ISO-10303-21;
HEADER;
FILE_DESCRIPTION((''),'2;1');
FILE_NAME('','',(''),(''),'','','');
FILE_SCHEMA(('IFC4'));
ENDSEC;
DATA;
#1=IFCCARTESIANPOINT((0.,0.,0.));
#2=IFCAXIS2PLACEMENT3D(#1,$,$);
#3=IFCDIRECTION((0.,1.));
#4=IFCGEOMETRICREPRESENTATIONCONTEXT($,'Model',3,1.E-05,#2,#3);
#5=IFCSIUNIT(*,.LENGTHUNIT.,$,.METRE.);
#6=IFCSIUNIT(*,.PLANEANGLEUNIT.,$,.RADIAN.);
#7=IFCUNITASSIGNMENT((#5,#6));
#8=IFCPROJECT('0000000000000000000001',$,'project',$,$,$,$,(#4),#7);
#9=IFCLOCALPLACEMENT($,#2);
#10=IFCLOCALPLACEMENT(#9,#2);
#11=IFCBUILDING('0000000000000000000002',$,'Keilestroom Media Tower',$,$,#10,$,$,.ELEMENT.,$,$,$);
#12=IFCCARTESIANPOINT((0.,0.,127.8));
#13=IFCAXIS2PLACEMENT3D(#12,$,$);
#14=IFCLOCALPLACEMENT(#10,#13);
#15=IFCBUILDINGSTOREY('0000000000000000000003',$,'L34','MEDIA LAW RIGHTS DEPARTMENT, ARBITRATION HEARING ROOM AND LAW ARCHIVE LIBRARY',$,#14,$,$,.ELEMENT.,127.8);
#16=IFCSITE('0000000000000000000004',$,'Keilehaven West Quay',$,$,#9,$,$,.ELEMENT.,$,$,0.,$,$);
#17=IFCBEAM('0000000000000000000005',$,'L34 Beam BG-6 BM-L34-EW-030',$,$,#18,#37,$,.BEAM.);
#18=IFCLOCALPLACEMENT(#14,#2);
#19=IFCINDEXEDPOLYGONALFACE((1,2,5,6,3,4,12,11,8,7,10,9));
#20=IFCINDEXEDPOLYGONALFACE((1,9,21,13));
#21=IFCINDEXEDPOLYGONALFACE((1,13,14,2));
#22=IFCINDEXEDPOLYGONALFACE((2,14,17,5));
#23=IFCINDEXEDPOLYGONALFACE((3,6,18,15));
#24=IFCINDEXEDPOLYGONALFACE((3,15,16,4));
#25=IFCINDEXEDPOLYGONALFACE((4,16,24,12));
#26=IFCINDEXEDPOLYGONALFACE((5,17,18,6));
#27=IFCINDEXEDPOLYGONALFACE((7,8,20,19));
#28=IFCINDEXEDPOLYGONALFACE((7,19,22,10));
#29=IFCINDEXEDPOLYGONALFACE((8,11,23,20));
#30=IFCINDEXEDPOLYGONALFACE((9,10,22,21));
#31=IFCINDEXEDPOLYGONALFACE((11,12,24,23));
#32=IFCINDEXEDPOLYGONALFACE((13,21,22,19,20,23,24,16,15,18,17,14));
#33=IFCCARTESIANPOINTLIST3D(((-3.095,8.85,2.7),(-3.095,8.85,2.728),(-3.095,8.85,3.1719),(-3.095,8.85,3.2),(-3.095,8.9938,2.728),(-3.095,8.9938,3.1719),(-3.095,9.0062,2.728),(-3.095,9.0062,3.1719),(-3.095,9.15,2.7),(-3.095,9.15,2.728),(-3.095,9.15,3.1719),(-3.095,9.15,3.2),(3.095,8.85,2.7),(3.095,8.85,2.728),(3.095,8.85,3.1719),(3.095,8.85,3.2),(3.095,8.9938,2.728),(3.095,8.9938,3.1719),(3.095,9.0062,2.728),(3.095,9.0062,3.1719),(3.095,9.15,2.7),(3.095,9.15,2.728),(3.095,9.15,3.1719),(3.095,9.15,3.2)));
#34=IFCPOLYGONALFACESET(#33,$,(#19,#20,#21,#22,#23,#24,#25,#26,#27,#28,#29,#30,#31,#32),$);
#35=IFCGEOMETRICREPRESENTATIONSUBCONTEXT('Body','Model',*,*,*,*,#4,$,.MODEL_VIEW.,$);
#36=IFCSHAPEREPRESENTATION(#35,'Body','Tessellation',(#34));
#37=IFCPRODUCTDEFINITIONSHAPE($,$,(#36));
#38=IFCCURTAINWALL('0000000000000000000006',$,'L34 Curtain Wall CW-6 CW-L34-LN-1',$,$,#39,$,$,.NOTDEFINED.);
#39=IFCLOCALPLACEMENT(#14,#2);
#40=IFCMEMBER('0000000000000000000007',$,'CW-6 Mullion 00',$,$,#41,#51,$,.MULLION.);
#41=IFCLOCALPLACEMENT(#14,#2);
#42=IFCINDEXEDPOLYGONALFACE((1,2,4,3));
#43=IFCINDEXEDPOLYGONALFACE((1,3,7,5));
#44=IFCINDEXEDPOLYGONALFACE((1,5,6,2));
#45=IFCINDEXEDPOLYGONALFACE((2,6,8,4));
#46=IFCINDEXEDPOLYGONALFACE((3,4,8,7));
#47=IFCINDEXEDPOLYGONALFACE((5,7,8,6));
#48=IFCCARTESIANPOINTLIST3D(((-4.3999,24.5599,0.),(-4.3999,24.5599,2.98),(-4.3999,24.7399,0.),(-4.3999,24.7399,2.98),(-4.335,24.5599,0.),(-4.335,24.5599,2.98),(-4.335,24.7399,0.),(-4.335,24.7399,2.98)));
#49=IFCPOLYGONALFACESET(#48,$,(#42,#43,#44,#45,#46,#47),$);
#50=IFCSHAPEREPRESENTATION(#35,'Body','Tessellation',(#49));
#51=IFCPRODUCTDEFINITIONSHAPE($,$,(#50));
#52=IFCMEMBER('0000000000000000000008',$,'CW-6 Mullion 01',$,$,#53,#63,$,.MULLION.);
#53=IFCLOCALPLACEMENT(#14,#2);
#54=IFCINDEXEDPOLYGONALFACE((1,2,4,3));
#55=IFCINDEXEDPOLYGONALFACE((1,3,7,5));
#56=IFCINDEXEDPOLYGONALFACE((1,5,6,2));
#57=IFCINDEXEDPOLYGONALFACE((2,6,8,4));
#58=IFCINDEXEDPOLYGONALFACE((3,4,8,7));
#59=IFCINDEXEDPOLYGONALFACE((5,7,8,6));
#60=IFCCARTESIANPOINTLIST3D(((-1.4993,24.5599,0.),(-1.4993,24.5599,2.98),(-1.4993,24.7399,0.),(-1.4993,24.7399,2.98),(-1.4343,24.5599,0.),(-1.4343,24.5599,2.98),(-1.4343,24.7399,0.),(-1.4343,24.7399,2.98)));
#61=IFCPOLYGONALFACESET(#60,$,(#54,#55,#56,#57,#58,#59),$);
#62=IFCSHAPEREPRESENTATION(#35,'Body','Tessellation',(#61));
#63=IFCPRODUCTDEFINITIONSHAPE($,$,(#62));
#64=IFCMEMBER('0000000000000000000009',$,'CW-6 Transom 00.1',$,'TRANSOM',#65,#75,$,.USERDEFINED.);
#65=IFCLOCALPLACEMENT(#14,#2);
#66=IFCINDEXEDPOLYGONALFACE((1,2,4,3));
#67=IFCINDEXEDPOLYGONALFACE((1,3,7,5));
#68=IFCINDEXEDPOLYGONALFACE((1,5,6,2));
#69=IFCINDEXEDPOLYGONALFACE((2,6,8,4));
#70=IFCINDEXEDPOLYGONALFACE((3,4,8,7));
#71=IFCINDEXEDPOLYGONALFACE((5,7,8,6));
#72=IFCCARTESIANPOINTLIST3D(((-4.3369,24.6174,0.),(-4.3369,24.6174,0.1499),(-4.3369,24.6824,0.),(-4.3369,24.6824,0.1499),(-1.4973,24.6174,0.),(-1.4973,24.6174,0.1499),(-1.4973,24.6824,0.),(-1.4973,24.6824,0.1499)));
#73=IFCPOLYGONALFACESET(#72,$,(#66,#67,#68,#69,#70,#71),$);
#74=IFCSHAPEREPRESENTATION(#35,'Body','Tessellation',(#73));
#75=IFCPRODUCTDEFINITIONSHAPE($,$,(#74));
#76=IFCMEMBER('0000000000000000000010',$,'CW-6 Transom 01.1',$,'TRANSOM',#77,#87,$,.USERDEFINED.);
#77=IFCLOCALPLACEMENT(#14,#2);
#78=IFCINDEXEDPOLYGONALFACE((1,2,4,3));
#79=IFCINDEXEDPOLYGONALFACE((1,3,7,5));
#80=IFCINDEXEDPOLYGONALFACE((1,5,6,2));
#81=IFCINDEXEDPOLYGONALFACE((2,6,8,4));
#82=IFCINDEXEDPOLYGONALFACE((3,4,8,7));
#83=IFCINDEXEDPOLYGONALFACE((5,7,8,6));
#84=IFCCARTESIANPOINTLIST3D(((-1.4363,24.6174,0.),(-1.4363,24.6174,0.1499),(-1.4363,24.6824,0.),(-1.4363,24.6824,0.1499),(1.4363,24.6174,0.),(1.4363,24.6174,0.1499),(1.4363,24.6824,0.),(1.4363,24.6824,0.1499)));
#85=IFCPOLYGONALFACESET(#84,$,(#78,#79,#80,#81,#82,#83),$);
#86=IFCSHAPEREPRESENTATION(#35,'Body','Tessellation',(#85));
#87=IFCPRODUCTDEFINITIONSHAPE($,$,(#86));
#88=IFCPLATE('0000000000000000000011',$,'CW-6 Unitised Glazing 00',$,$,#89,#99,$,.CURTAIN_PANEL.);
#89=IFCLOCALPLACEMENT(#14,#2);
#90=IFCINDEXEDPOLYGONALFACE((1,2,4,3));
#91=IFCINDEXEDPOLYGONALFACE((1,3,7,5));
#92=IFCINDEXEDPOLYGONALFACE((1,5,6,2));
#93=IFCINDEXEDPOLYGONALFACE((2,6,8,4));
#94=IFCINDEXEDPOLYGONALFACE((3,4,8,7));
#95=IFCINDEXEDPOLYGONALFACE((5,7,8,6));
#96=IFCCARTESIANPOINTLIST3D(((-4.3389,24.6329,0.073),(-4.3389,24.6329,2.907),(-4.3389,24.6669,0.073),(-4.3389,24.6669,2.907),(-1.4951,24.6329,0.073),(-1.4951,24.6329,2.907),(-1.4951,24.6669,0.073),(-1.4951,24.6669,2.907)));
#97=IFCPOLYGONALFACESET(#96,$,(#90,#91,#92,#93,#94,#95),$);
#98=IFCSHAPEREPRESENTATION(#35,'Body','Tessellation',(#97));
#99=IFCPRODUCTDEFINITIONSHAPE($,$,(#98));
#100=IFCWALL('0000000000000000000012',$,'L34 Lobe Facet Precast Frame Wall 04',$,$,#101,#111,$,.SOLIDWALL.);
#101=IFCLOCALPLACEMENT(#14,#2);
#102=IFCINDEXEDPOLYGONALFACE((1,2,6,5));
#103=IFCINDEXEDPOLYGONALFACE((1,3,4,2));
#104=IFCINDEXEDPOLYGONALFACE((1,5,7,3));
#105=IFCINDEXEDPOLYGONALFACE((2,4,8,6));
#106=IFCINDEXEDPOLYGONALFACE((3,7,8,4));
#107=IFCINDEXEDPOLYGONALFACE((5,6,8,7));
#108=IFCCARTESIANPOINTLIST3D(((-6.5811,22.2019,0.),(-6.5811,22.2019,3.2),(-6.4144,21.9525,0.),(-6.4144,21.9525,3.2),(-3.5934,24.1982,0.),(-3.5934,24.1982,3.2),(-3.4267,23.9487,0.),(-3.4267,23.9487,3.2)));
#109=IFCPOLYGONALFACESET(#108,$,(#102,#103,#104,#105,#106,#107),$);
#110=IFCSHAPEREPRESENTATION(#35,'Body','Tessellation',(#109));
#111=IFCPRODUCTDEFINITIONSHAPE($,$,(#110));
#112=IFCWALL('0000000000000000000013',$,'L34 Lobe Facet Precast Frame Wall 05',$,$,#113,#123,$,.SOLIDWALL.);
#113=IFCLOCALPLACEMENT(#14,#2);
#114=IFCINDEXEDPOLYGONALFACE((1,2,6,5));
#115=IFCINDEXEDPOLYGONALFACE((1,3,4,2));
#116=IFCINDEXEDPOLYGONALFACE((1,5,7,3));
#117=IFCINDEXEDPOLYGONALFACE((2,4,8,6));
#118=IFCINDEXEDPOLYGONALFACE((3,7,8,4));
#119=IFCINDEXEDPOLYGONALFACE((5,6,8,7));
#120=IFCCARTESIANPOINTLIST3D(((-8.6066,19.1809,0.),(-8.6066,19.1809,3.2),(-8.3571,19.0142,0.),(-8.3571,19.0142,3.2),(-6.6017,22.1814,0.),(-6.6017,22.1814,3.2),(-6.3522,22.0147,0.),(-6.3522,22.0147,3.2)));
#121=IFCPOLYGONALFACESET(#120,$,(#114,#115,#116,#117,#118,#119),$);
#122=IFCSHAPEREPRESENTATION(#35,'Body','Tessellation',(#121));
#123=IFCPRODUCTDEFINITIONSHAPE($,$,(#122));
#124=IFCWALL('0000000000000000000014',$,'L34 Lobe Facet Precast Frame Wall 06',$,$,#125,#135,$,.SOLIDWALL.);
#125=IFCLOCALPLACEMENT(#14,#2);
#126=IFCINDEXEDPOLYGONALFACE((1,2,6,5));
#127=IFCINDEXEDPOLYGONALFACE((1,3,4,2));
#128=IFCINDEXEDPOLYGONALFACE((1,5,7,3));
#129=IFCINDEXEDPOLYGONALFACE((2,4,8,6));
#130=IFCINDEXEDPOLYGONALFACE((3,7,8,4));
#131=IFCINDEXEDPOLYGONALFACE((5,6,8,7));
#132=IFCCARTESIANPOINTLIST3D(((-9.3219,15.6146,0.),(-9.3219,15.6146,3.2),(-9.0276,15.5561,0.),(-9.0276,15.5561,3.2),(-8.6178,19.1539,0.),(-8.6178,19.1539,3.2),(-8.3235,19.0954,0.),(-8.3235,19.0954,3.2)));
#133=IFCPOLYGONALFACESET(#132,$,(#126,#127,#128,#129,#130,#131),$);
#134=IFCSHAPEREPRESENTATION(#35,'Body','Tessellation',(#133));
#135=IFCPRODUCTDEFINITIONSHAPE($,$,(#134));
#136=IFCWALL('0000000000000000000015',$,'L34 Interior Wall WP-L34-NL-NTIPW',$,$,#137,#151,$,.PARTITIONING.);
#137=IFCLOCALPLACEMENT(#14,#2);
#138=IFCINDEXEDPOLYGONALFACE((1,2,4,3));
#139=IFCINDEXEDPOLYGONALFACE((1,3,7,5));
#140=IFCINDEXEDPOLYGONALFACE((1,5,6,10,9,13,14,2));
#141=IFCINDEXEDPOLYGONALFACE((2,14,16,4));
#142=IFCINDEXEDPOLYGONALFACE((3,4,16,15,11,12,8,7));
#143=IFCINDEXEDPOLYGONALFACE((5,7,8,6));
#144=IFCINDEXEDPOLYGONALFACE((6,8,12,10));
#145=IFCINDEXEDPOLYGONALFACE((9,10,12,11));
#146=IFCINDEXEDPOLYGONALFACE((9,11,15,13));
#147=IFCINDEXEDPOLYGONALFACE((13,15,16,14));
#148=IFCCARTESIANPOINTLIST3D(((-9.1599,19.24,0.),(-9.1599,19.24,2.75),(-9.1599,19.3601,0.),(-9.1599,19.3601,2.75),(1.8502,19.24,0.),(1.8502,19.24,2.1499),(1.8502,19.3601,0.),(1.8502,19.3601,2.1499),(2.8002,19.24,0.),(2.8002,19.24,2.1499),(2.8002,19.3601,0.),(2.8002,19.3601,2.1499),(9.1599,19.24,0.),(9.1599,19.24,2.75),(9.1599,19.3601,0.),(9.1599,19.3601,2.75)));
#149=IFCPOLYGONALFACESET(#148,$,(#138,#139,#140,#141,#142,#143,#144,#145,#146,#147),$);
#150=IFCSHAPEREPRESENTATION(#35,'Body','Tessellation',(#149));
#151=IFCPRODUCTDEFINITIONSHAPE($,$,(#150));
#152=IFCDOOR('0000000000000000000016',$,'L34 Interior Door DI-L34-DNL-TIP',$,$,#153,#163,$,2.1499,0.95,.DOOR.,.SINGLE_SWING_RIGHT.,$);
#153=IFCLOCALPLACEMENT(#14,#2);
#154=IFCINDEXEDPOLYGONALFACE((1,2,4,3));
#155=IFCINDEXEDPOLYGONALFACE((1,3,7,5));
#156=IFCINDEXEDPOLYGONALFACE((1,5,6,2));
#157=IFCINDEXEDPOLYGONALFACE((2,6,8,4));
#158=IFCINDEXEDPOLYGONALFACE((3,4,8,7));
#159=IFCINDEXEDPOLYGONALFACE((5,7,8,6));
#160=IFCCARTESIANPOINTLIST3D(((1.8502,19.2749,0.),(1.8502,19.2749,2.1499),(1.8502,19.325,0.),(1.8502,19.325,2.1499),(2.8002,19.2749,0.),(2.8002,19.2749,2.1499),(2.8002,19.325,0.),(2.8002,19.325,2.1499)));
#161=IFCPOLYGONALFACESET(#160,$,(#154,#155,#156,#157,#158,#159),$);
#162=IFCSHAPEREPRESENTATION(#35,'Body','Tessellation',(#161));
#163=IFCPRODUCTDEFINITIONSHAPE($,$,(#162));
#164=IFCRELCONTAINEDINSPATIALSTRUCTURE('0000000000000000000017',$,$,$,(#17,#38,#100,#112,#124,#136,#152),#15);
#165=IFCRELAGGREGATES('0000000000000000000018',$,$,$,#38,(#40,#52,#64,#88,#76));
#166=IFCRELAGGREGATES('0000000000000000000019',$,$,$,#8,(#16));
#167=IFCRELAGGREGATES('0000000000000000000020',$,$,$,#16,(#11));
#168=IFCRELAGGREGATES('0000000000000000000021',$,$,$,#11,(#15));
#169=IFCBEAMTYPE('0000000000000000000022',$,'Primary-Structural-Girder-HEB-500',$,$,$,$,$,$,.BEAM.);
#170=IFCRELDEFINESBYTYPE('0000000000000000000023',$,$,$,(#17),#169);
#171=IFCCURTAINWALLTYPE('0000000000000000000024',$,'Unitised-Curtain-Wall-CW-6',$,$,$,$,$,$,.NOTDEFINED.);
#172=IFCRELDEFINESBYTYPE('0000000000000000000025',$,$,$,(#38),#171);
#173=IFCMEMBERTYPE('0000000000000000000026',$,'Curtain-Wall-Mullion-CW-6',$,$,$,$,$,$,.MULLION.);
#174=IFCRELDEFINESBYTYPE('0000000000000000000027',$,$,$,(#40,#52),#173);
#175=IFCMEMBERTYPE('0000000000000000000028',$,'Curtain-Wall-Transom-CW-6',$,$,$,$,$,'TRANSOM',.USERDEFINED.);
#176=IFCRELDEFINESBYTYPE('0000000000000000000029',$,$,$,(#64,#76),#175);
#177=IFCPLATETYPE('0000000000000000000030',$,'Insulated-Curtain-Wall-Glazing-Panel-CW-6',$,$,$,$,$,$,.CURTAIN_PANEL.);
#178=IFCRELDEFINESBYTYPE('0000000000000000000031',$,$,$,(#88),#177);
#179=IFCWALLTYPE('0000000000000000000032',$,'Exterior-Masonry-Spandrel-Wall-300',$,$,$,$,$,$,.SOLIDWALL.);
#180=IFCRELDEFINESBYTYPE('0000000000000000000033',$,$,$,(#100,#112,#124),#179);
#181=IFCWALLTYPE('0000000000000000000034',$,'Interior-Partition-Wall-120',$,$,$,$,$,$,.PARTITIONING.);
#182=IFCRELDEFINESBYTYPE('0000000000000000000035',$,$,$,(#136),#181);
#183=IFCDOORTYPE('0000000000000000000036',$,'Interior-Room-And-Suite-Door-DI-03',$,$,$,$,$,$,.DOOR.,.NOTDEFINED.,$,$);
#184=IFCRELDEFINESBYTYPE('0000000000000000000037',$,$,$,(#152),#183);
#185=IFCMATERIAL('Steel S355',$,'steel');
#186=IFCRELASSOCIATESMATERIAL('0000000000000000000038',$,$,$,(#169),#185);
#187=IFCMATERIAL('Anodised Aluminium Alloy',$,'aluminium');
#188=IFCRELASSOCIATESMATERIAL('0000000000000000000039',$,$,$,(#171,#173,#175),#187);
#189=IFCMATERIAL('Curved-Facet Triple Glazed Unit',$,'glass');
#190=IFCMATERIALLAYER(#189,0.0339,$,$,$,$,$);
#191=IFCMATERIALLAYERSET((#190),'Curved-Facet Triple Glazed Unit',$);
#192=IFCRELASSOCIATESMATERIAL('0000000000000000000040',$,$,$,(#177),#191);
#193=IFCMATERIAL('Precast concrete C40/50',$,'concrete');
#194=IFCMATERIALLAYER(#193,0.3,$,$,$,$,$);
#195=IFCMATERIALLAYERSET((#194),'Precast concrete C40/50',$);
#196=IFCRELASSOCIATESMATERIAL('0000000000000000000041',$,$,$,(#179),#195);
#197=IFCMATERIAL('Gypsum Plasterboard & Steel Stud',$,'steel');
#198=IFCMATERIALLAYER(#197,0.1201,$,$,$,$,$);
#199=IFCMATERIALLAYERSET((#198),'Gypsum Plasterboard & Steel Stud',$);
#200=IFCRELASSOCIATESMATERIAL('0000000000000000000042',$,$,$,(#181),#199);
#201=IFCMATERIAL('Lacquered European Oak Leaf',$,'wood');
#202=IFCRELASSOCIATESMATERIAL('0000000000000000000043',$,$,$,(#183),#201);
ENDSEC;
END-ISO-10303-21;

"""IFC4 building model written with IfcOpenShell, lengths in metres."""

from ifc_helpers import new_model, si_unit, direction, frame, frame_2d, origin, origin_2d, place, context, subcontext, project, spatial, rectangle, i_section, extrude, source, transform, mapped, material, layer, layer_set, material_profile, profile_set, type_object, element, fill, aggregate, save


model = new_model("IFC4")

# Units and contexts
model_context = context("Model", 3, precision=1e-05, world=origin(), true_north=direction((0.0, 1.0)))
body_context = subcontext(model_context, "Body", "Model", "MODEL_VIEW")
ifc_project = project(units=[si_unit("LENGTHUNIT", "METRE"), si_unit("PLANEANGLEUNIT", "RADIAN")], contexts=[model_context])

# Site, building, storey
site_placement = place(None, origin())
site = spatial("IfcSite", under=ifc_project, at=site_placement, Name="Keilehaven West Quay", CompositionType="ELEMENT", RefElevation=0.0)
building_placement = place(site_placement, origin())
building = spatial("IfcBuilding", under=site, at=building_placement, Name="Keilestroom Media Tower", CompositionType="ELEMENT")
storey_placement = place(building_placement, frame((0.0, 0.0, 127.8)))
storey = spatial("IfcBuildingStorey", under=building, at=storey_placement, Name="L34", Description="MEDIA LAW RIGHTS DEPARTMENT, ARBITRATION HEARING ROOM AND LAW ARCHIVE LIBRARY", CompositionType="ELEMENT", Elevation=127.8)

# Shared definitions
ifc_material_1 = material(Name="Steel S355", Category="steel")

# Beam
ifc_material_profile_1 = material_profile(ifc_material_1, i_section(OverallWidth=0.3, OverallDepth=0.5, WebThickness=0.0125, FlangeThickness=0.0281, at=origin_2d()), Name="HEB 500")
ifc_profile_set_1 = profile_set([ifc_material_profile_1], Name="Steel S355")
beam_type = type_object("IfcBeamType", Name="Primary-Structural-Girder-HEB-500", PredefinedType="BEAM", material=ifc_profile_set_1)
shared_shape_1 = source(origin(), body_context, "Body", "SweptSolid", [
    extrude(i_section(OverallWidth=0.3, OverallDepth=0.5, WebThickness=0.0125, FlangeThickness=0.0281, at=origin_2d()), origin(), (0.0, 0.0, 1.0), 6.1899),
])
beam_1_placement = place(storey_placement, frame((-3.095, 9.0, 2.95), z_axis=(1.0, 0.0, 0.0), x_axis=(0.0, 1.0, 0.0)))
element("IfcBeam", 1, at=beam_1_placement, inside=storey, type_object=beam_type, Name="L34 Beam BG-6 BM-L34-EW-030", PredefinedType="BEAM", context=body_context, shape_type="MappedRepresentation", body=[
    mapped(shared_shape_1, transform((0.0, 0.0, 0.0), x_axis=(1.0, 0.0, 0.0), y_axis=(0.0, 1.0, 0.0), z_axis=(0.0, 0.0, 1.0), scale=1.0)),
])

# Curtain wall, members, plate
ifc_material_2 = material(Name="Anodised Aluminium Alloy", Category="aluminium")
curtain_wall_type = type_object("IfcCurtainWallType", Name="Unitised-Curtain-Wall-CW-6", PredefinedType="NOTDEFINED", material=ifc_material_2)
curtain_wall_placement = place(storey_placement, origin())
curtain_wall = element("IfcCurtainWall", 2, at=curtain_wall_placement, inside=storey, type_object=curtain_wall_type, Name="L34 Curtain Wall CW-6 CW-L34-LN-1", PredefinedType="NOTDEFINED")
ifc_material_profile_2 = material_profile(ifc_material_2, rectangle(XDim=0.0649, YDim=0.1799, at=origin_2d()), Name="ALU MULLION 65x180")
ifc_profile_set_2 = profile_set([ifc_material_profile_2], Name="Anodised Aluminium Alloy")
member_type_1 = type_object("IfcMemberType", Name="Curtain-Wall-Mullion-CW-6", PredefinedType="MULLION", material=ifc_profile_set_2)
shared_shape_2 = source(origin(), body_context, "Body", "SweptSolid", [
    extrude(rectangle(XDim=0.0649, YDim=0.1799, at=origin_2d()), origin(), (0.0, 0.0, 1.0), 2.98),
])
member_1_placement = place(storey_placement, frame((-4.3674, 24.6499, 0.0), z_axis=(0.0, 0.0, 1.0), x_axis=(1.0, 0.0, 0.0)))
member_1 = element("IfcMember", 3, at=member_1_placement, type_object=member_type_1, Name="CW-6 Mullion 00", PredefinedType="MULLION", context=body_context, shape_type="MappedRepresentation", body=[
    mapped(shared_shape_2, transform((0.0, 0.0, 0.0), x_axis=(1.0, 0.0, 0.0), y_axis=(0.0, 1.0, 0.0), z_axis=(0.0, 0.0, 1.0), scale=1.0)),
])
member_2_placement = place(storey_placement, frame((-1.4668, 24.6499, 0.0), z_axis=(0.0, 0.0, 1.0), x_axis=(1.0, 0.0, 0.0)))
member_2 = element("IfcMember", 4, at=member_2_placement, type_object=member_type_1, Name="CW-6 Mullion 01", PredefinedType="MULLION", context=body_context, shape_type="MappedRepresentation", body=[
    mapped(shared_shape_2, transform((0.0, 0.0, 0.0), x_axis=(1.0, 0.0, 0.0), y_axis=(0.0, 1.0, 0.0), z_axis=(0.0, 0.0, 1.0), scale=1.0)),
])
ifc_material_profile_3 = material_profile(ifc_material_2, rectangle(XDim=0.0649, YDim=0.1499, at=origin_2d()), Name="ALU TRANSOM 65x150")
ifc_profile_set_3 = profile_set([ifc_material_profile_3], Name="Anodised Aluminium Alloy")
member_type_2 = type_object("IfcMemberType", Name="Curtain-Wall-Transom-CW-6", ElementType="TRANSOM", PredefinedType="USERDEFINED", material=ifc_profile_set_3)
shared_shape_3 = source(origin(), body_context, "Body", "SweptSolid", [
    extrude(rectangle(XDim=0.0649, YDim=0.1499, at=origin_2d()), origin(), (0.0, 0.0, 1.0), 2.8396),
])
member_3_placement = place(storey_placement, frame((-4.3369, 24.6499, 0.075), z_axis=(1.0, 0.0, 0.0), x_axis=(0.0, 1.0, 0.0)))
member_3 = element("IfcMember", 5, at=member_3_placement, type_object=member_type_2, Name="CW-6 Transom 00.1", ObjectType="TRANSOM", PredefinedType="USERDEFINED", context=body_context, shape_type="MappedRepresentation", body=[
    mapped(shared_shape_3, transform((0.0, 0.0, 0.0), x_axis=(1.0, 0.0, 0.0), y_axis=(0.0, 1.0, 0.0), z_axis=(0.0, 0.0, 1.0), scale=1.0)),
])
shared_shape_4 = source(origin(), body_context, "Body", "SweptSolid", [
    extrude(rectangle(XDim=0.0649, YDim=0.1499, at=origin_2d()), origin(), (0.0, 0.0, 1.0), 2.8726),
])
member_4_placement = place(storey_placement, frame((-1.4363, 24.6499, 0.075), z_axis=(1.0, 0.0, 0.0), x_axis=(0.0, 1.0, 0.0)))
member_4 = element("IfcMember", 6, at=member_4_placement, type_object=member_type_2, Name="CW-6 Transom 01.1", ObjectType="TRANSOM", PredefinedType="USERDEFINED", context=body_context, shape_type="MappedRepresentation", body=[
    mapped(shared_shape_4, transform((0.0, 0.0, 0.0), x_axis=(1.0, 0.0, 0.0), y_axis=(0.0, 1.0, 0.0), z_axis=(0.0, 0.0, 1.0), scale=1.0)),
])
ifc_material_3 = material(Name="Curved-Facet Triple Glazed Unit", Category="glass")
ifc_layer_1 = layer(ifc_material_3, 0.0339)
ifc_layer_set_1 = layer_set([ifc_layer_1], Name="Curved-Facet Triple Glazed Unit")
plate_type = type_object("IfcPlateType", Name="Insulated-Curtain-Wall-Glazing-Panel-CW-6", PredefinedType="CURTAIN_PANEL", material=ifc_layer_set_1)
shared_shape_5 = source(origin(), body_context, "Body", "SweptSolid", [
    extrude(rectangle(XDim=2.8438, YDim=0.0339, at=origin_2d()), origin(), (0.0, 0.0, 1.0), 2.834),
])
plate_placement = place(storey_placement, frame((-2.917, 24.6499, 0.073), z_axis=(0.0, 0.0, 1.0), x_axis=(1.0, 0.0, 0.0)))
plate = element("IfcPlate", 7, at=plate_placement, type_object=plate_type, Name="CW-6 Unitised Glazing 00", PredefinedType="CURTAIN_PANEL", context=body_context, shape_type="MappedRepresentation", body=[
    mapped(shared_shape_5, transform((0.0, 0.0, 0.0), x_axis=(1.0, 0.0, 0.0), y_axis=(0.0, 1.0, 0.0), z_axis=(0.0, 0.0, 1.0), scale=1.0)),
])
aggregate(curtain_wall, [member_1, member_2, member_3, plate, member_4])

# Walls
ifc_material_4 = material(Name="Precast concrete C40/50", Category="concrete")
ifc_layer_2 = layer(ifc_material_4, 0.3)
ifc_layer_set_2 = layer_set([ifc_layer_2], Name="Precast concrete C40/50")
wall_type_1 = type_object("IfcWallType", Name="Exterior-Masonry-Spandrel-Wall-300", PredefinedType="SOLIDWALL", material=ifc_layer_set_2)
wall_1_placement = place(storey_placement, frame((-3.51, 24.0735, 0.0), z_axis=(0.0, 0.0, 1.0), x_axis=(-0.831475, -0.555562, 0.0)))
element("IfcWall", 8, at=wall_1_placement, inside=storey, type_object=wall_type_1, Name="L34 Lobe Facet Precast Frame Wall 04", PredefinedType="SOLIDWALL", context=body_context, shape_type="SweptSolid", body=[
    extrude(rectangle(XDim=3.5933, YDim=0.3, at=frame_2d((1.7966, 0.0))), origin(), (0.0, 0.0, 1.0), 3.2),
])
for number, where, z_axis, x_axis, name in (
    (9, (-6.4771, 22.0979, 0.0), (0.0, 0.0, 1.0), (-0.555574, -0.831467, 0.0), "L34 Lobe Facet Precast Frame Wall 05"),
    (10, (-8.4707, 19.1245, 0.0), (0.0, 0.0, 1.0), (-0.195114, -0.980781, 0.0), "L34 Lobe Facet Precast Frame Wall 06"),
):
    element("IfcWall", number, at=place(storey_placement, frame(where, z_axis=z_axis, x_axis=x_axis)), inside=storey, type_object=wall_type_1, Name=name, PredefinedType="SOLIDWALL", context=body_context, shape_type="SweptSolid", body=[
        extrude(rectangle(XDim=3.6086, YDim=0.3, at=frame_2d((1.8042, 0.0))), origin(), (0.0, 0.0, 1.0), 3.2),
    ])

# Wall, opening, door
ifc_material_5 = material(Name="Gypsum Plasterboard & Steel Stud", Category="steel")
ifc_layer_3 = layer(ifc_material_5, 0.1201)
ifc_layer_set_3 = layer_set([ifc_layer_3], Name="Gypsum Plasterboard & Steel Stud")
wall_type_2 = type_object("IfcWallType", Name="Interior-Partition-Wall-120", PredefinedType="PARTITIONING", material=ifc_layer_set_3)
wall_2_placement = place(storey_placement, frame((-9.1599, 19.3, 0.0), z_axis=(0.0, 0.0, 1.0), x_axis=(1.0, 0.0, 0.0)))
wall_2 = element("IfcWall", 11, at=wall_2_placement, inside=storey, type_object=wall_type_2, Name="L34 Interior Wall WP-L34-NL-NTIPW", PredefinedType="PARTITIONING", context=body_context, shape_type="SweptSolid", body=[
    extrude(rectangle(XDim=18.3198, YDim=0.1201, at=frame_2d((9.1599, 0.0))), origin(), (0.0, 0.0, 1.0), 2.75),
])
opening_placement = place(wall_2_placement, frame((11.01, 0.0, 0.0)))
opening = element("IfcOpeningElement", 12, at=opening_placement, cuts=wall_2, PredefinedType="OPENING", context=body_context, shape_type="SweptSolid", body=[
    extrude(rectangle(XDim=0.95, YDim=2.1499, at=frame_2d((0.4751, 1.075))), frame((0.0, 0.0701, 0.0), z_axis=(0.0, -1.0, 0.0), x_axis=(1.0, 0.0, 0.0)), (0.0, 0.0, 1.0), 0.1401),
])
ifc_material_6 = material(Name="Lacquered European Oak Leaf", Category="wood")
door_type = type_object("IfcDoorType", Name="Interior-Room-And-Suite-Door-DI-03", OperationType="NOTDEFINED", PredefinedType="DOOR", material=ifc_material_6)
shared_shape_6 = source(origin(), body_context, "Body", "SweptSolid", [
    extrude(rectangle(XDim=0.95, YDim=2.1499, at=frame_2d((0.4751, 1.075))), frame((0.0, 0.0249, 0.0), z_axis=(0.0, -1.0, 0.0), x_axis=(1.0, 0.0, 0.0)), (0.0, 0.0, 1.0), 0.05),
])
door_placement = place(opening_placement, origin())
door = element("IfcDoor", 13, at=door_placement, inside=storey, type_object=door_type, Name="L34 Interior Door DI-L34-DNL-TIP", OperationType="SINGLE_SWING_RIGHT", OverallHeight=2.1499, OverallWidth=0.95, PredefinedType="DOOR", context=body_context, shape_type="MappedRepresentation", body=[
    mapped(shared_shape_6, transform((0.0, 0.0, 0.0), x_axis=(1.0, 0.0, 0.0), y_axis=(0.0, 1.0, 0.0), z_axis=(0.0, 0.0, 1.0), scale=1.0)),
])
fill(opening, door)

save(model, "model.ifc")
